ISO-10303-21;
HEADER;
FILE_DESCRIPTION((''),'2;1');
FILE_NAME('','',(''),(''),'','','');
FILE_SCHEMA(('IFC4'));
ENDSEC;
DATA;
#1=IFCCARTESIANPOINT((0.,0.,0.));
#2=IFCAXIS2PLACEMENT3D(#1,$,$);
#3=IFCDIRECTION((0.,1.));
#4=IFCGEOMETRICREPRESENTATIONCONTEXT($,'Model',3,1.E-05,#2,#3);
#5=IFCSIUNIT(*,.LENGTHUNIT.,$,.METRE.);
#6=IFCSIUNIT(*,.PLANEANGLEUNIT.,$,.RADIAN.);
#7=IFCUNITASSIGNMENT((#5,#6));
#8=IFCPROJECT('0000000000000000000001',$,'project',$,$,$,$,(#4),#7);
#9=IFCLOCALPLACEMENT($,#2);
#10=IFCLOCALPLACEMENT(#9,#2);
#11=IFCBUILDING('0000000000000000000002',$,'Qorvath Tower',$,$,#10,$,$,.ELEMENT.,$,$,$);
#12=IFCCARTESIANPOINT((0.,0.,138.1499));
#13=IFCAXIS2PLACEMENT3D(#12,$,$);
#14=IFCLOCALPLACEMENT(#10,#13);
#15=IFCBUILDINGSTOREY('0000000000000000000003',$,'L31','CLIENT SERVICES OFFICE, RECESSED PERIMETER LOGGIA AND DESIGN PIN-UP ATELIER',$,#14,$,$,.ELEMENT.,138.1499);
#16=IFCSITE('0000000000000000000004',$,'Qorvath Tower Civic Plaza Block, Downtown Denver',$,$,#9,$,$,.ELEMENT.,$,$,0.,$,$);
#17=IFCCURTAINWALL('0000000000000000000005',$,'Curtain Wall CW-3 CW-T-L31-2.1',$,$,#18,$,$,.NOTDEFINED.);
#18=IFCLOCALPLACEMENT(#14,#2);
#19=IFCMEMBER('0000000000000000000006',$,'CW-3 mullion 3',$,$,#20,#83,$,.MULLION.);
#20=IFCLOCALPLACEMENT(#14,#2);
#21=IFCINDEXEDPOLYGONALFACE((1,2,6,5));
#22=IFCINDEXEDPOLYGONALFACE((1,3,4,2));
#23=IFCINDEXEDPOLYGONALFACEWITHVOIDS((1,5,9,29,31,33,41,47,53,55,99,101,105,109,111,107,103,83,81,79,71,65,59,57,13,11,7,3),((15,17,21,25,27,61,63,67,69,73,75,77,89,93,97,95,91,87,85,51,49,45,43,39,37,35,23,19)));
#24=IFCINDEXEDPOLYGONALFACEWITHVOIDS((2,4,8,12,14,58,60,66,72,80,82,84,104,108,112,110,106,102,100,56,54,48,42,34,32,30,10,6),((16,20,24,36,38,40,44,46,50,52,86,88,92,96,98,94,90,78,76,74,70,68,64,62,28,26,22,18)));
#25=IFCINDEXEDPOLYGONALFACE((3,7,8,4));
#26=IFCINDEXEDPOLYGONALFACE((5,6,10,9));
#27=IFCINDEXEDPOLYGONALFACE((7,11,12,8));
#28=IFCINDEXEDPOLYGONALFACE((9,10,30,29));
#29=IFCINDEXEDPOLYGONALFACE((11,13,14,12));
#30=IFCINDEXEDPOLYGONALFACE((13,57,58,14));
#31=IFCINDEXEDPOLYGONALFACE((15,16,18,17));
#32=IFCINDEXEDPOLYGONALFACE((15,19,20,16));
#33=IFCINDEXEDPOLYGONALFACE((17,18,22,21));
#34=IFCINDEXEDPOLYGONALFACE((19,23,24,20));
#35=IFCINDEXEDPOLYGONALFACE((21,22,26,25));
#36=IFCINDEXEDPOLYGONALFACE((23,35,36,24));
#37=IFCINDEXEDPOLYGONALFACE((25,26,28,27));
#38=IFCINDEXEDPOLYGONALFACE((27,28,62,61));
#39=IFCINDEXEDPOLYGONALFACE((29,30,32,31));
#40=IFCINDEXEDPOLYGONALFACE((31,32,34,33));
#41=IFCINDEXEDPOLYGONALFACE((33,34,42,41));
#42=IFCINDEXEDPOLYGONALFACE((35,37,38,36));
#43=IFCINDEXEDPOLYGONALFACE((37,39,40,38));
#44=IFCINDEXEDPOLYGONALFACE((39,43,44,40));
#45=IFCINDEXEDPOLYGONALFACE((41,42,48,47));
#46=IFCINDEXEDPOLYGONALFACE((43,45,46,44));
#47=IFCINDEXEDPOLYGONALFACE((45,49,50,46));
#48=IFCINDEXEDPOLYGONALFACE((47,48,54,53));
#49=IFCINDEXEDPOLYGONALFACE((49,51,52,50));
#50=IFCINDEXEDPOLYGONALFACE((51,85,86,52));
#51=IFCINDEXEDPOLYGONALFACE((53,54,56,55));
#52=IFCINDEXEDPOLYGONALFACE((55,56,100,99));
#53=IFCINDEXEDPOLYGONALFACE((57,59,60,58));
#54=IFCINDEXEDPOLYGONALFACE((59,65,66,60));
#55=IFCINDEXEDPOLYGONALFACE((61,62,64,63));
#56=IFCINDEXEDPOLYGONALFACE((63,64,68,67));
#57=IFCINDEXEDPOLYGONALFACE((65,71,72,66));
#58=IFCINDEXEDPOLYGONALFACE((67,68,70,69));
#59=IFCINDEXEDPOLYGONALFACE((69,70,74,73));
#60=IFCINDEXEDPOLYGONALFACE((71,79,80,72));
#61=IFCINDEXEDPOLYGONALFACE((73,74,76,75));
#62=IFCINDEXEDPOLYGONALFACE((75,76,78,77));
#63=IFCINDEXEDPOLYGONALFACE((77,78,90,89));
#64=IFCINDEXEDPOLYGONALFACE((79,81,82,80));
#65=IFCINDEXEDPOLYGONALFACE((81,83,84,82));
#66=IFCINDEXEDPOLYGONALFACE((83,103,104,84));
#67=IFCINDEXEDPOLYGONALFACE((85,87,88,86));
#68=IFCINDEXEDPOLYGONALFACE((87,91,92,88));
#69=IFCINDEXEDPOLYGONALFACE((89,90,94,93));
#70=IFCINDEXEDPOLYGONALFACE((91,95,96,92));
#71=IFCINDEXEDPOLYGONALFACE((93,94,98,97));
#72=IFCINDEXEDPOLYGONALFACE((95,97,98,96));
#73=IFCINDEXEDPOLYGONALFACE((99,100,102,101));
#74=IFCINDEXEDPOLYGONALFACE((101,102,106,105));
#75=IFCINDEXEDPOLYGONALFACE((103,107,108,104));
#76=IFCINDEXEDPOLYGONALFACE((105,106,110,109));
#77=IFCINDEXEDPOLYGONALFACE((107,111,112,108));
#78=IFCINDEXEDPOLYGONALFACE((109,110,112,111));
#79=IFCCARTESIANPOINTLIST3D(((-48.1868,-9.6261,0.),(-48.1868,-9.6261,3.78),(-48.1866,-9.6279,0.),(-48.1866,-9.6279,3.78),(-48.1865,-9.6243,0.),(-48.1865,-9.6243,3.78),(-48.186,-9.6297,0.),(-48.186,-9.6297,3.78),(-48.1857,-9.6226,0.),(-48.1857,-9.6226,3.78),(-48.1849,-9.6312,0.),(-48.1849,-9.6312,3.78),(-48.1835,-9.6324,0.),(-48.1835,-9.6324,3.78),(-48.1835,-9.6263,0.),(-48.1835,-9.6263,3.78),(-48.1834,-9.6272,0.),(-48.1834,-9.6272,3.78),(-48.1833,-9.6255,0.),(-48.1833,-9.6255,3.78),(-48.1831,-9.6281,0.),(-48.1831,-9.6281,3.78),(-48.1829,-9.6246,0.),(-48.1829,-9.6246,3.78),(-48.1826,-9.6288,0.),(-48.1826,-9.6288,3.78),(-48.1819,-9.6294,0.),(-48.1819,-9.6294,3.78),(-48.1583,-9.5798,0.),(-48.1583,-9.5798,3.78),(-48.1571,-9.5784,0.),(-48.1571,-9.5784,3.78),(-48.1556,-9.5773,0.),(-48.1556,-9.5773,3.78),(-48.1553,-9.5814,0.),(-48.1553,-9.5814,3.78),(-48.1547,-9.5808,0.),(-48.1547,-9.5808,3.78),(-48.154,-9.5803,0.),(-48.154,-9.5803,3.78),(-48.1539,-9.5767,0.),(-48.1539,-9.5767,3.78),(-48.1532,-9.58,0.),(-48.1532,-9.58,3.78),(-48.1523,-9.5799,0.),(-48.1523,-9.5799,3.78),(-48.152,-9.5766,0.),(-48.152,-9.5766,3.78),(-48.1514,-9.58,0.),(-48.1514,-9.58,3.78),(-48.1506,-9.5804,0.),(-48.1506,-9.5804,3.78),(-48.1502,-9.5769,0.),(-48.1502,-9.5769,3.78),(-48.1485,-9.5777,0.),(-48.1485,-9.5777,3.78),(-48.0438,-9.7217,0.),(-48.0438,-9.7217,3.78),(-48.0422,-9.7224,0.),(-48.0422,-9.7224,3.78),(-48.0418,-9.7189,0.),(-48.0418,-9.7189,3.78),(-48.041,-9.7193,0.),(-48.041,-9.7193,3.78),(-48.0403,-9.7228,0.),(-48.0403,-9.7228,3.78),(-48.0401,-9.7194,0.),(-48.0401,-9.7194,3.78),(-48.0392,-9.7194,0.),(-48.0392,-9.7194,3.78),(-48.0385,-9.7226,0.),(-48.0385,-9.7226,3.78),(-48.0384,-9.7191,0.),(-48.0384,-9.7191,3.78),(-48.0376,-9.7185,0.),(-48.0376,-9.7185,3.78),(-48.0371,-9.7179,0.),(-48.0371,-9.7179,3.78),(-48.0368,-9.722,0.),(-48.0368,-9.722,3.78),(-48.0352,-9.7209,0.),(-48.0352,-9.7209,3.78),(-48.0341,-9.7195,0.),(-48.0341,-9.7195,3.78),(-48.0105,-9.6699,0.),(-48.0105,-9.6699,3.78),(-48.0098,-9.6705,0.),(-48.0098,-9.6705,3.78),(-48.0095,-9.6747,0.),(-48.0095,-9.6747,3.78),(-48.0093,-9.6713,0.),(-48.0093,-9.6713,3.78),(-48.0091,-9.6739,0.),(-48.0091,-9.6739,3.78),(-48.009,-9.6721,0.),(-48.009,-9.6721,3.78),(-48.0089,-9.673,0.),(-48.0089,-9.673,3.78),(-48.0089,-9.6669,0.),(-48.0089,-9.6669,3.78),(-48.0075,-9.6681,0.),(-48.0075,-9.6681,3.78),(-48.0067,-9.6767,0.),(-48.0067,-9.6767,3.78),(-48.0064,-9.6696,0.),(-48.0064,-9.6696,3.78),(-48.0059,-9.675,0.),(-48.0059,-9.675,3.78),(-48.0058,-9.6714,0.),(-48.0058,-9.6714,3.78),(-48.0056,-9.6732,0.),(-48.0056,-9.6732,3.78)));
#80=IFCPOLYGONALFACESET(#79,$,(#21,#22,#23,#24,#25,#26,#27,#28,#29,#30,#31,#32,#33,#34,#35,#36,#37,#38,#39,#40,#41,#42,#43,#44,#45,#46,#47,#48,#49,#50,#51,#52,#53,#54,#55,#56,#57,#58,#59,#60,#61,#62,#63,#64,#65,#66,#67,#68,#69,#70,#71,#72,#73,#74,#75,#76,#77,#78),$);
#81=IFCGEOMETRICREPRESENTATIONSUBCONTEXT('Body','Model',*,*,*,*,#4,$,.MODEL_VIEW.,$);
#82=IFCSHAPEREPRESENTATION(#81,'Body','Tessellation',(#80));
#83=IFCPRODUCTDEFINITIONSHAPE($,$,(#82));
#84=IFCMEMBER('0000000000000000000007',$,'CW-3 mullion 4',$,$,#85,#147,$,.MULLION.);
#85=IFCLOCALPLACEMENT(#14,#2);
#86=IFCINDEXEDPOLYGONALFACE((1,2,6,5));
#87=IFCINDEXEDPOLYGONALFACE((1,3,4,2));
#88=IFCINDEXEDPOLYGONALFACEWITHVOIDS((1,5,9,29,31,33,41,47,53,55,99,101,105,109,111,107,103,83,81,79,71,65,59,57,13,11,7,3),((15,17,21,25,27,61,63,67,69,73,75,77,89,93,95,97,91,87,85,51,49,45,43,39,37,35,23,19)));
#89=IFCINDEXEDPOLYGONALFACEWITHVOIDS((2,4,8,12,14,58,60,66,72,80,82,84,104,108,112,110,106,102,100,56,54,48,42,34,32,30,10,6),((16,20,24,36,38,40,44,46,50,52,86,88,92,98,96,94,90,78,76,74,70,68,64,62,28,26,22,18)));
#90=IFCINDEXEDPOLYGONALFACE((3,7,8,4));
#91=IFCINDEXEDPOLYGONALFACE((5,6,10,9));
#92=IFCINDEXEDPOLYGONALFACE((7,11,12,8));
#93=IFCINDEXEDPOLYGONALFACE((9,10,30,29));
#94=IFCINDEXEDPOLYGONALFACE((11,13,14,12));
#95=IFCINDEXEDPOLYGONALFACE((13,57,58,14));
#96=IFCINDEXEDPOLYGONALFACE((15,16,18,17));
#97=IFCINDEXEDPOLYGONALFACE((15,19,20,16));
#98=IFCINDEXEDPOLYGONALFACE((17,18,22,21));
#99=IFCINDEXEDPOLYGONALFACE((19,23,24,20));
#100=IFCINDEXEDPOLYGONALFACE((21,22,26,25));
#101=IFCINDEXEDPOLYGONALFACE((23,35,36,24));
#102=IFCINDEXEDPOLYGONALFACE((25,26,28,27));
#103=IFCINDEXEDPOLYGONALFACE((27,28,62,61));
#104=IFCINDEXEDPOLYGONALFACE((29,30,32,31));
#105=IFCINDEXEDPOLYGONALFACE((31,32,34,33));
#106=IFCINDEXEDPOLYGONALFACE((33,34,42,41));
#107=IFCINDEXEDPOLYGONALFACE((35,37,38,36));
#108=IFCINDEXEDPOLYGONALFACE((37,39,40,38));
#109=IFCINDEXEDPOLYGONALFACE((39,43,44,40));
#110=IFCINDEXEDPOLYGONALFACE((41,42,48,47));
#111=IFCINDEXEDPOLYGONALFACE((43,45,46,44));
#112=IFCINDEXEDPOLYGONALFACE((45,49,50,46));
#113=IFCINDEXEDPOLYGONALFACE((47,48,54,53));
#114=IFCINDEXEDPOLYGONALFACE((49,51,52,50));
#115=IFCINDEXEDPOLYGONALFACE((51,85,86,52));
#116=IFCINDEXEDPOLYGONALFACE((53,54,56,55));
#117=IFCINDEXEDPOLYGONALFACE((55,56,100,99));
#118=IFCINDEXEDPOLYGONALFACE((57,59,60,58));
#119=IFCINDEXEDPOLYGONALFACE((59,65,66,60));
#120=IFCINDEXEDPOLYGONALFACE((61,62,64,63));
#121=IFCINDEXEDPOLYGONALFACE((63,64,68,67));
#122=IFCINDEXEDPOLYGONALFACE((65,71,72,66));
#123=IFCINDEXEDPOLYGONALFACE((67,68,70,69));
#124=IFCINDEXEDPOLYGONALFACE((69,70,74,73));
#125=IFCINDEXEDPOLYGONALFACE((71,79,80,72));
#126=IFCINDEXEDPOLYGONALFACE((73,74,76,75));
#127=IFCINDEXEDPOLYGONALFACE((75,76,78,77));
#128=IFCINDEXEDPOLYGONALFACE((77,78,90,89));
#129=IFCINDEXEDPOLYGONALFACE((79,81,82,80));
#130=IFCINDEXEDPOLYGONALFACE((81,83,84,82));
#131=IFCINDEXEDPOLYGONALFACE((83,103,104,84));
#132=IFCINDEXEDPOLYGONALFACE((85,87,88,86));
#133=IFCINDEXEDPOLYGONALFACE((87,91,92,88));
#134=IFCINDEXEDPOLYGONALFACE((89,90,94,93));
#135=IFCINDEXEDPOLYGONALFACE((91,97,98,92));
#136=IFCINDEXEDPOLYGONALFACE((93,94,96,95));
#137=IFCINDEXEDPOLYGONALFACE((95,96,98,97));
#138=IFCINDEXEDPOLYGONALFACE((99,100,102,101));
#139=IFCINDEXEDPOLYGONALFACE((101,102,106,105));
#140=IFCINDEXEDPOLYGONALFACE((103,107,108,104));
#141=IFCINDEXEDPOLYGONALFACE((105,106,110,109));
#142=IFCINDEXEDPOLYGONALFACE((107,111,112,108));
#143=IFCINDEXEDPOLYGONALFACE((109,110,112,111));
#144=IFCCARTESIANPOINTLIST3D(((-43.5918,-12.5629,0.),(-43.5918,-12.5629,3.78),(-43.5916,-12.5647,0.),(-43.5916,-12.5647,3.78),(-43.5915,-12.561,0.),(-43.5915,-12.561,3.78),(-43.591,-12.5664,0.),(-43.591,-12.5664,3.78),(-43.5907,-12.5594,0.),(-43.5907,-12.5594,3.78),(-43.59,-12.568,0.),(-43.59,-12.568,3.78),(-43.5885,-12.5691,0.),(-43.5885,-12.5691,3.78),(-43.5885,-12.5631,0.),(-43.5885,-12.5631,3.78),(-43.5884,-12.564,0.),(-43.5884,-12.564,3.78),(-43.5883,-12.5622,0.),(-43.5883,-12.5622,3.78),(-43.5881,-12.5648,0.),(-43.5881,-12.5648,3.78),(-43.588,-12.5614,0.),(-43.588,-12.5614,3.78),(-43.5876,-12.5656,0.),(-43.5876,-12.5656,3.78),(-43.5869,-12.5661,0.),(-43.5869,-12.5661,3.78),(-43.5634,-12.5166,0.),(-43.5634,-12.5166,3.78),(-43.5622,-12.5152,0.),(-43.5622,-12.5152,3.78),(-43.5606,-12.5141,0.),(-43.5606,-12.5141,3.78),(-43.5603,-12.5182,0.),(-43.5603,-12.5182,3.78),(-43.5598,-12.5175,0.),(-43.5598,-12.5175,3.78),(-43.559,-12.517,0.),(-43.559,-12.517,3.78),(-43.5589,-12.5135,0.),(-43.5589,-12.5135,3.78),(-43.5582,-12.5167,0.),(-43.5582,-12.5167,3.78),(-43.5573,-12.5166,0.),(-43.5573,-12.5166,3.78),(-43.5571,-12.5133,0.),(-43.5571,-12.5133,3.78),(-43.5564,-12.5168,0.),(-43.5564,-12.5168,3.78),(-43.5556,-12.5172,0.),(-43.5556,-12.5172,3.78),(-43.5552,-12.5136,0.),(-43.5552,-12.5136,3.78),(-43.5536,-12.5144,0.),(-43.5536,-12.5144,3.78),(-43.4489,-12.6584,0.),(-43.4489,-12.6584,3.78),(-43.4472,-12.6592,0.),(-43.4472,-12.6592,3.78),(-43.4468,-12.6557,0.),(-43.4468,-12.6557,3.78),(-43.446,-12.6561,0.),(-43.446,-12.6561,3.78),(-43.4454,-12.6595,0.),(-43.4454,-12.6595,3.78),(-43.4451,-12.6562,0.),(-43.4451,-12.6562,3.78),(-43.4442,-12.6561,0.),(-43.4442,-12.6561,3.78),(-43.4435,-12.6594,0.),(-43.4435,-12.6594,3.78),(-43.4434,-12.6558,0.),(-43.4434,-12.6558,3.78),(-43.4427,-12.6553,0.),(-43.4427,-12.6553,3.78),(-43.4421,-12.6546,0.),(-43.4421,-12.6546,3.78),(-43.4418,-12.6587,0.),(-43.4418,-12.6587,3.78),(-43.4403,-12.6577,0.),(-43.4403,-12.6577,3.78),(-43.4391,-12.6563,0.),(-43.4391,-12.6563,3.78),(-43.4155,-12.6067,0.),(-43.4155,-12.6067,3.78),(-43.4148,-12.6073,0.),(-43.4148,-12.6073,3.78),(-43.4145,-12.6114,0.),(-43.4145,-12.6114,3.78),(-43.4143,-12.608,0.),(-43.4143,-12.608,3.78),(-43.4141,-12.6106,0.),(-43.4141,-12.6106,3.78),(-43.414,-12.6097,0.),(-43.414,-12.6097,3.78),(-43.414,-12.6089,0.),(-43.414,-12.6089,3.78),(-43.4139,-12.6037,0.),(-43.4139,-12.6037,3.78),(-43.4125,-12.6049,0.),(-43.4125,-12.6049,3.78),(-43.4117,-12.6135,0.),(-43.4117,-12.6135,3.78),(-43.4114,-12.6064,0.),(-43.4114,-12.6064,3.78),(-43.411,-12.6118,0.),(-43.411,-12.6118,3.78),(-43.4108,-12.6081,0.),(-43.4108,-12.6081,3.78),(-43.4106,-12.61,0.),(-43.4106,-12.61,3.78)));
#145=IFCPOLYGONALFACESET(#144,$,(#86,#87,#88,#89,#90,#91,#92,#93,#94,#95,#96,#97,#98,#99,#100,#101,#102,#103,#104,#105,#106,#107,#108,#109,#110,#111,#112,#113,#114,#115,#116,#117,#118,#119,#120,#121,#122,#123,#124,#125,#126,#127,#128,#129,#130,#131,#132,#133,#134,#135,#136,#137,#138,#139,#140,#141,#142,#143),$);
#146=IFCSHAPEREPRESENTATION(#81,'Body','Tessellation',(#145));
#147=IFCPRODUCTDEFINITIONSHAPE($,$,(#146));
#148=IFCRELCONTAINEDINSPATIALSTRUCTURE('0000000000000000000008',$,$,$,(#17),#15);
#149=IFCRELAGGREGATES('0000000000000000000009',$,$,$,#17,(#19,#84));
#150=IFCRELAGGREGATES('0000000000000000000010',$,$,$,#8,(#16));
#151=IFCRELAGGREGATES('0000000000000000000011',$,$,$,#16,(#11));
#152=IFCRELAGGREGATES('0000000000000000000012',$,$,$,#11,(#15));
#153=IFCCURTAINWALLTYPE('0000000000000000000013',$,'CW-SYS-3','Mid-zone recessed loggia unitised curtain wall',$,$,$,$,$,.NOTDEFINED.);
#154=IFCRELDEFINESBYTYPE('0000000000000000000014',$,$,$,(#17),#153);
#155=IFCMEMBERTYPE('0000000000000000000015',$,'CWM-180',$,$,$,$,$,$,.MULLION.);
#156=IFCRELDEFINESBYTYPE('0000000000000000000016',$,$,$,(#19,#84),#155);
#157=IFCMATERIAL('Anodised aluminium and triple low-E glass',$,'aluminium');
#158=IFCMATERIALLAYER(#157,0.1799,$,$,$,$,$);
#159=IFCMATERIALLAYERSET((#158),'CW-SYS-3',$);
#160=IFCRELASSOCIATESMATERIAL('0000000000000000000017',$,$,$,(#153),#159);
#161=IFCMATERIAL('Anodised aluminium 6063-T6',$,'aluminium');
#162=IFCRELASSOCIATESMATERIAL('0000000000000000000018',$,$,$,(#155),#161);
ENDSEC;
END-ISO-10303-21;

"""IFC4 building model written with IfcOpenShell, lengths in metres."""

from ifc_helpers import new_model, si_unit, direction, frame, origin, origin_2d, place, context, subcontext, project, spatial, hollow_rectangle, extrude, material, layer, layer_set, material_profile, profile_set, type_object, element, aggregate, save


model = new_model("IFC4")

# Units and contexts
model_context = context("Model", 3, precision=1e-05, world=origin(), true_north=direction((0.0, 1.0)))
body_context = subcontext(model_context, "Body", "Model", "MODEL_VIEW")
ifc_project = project(units=[si_unit("LENGTHUNIT", "METRE"), si_unit("PLANEANGLEUNIT", "RADIAN")], contexts=[model_context])

# Site, building, storey
site_placement = place(None, origin())
site = spatial("IfcSite", under=ifc_project, at=site_placement, Name="Qorvath Tower Civic Plaza Block, Downtown Denver", CompositionType="ELEMENT", RefElevation=0.0)
building_placement = place(site_placement, origin())
building = spatial("IfcBuilding", under=site, at=building_placement, Name="Qorvath Tower", CompositionType="ELEMENT")
storey_placement = place(building_placement, frame((0.0, 0.0, 138.1499)))
storey = spatial("IfcBuildingStorey", under=building, at=storey_placement, Name="L31", Description="CLIENT SERVICES OFFICE, RECESSED PERIMETER LOGGIA AND DESIGN PIN-UP ATELIER", CompositionType="ELEMENT", Elevation=138.1499)

# Curtain wall, members
ifc_material_1 = material(Name="Anodised aluminium and triple low-E glass", Category="aluminium")
ifc_layer_1 = layer(ifc_material_1, 0.1799)
ifc_layer_set_1 = layer_set([ifc_layer_1], Name="CW-SYS-3")
curtain_wall_type = type_object("IfcCurtainWallType", Name="CW-SYS-3", Description="Mid-zone recessed loggia unitised curtain wall", PredefinedType="NOTDEFINED", material=ifc_layer_set_1)
curtain_wall_placement = place(storey_placement, origin())
curtain_wall = element("IfcCurtainWall", 1, at=curtain_wall_placement, inside=storey, type_object=curtain_wall_type, Name="Curtain Wall CW-3 CW-T-L31-2.1", PredefinedType="NOTDEFINED")
ifc_material_2 = material(Name="Anodised aluminium 6063-T6", Category="aluminium")
ifc_material_profile_1 = material_profile(ifc_material_2, hollow_rectangle(XDim=0.0649, YDim=0.1799, WallThickness=0.0034, InnerFilletRadius=0.0034, OuterFilletRadius=0.0071, at=origin_2d()), Name="CWM 180x65")
ifc_profile_set_1 = profile_set([ifc_material_profile_1], Name="Anodised aluminium 6063-T6")
member_type_1 = type_object("IfcMemberType", Name="CWM-180", PredefinedType="MULLION", material=ifc_profile_set_1)
member_1_placement = place(storey_placement, frame((-48.0962, -9.6497, 0.0), z_axis=(0.0, 0.0, 1.0), x_axis=(0.538534, 0.842604, 0.0)))
member_1 = element("IfcMember", 2, at=member_1_placement, type_object=member_type_1, Name="CW-3 mullion 3", PredefinedType="MULLION", context=body_context, shape_type="SweptSolid", body=[
    extrude(hollow_rectangle(XDim=0.0649, YDim=0.1799, WallThickness=0.0034, InnerFilletRadius=0.0034, OuterFilletRadius=0.0071, at=origin_2d()), origin(), (0.0, 0.0, 1.0), 3.78),
])
member_2_placement = place(storey_placement, frame((-43.5012, -12.5864, 0.0), z_axis=(0.0, 0.0, 1.0), x_axis=(0.538534, 0.842604, 0.0)))
member_2 = element("IfcMember", 3, at=member_2_placement, type_object=member_type_1, Name="CW-3 mullion 4", PredefinedType="MULLION", context=body_context, shape_type="SweptSolid", body=[
    extrude(hollow_rectangle(XDim=0.0649, YDim=0.1799, WallThickness=0.0034, InnerFilletRadius=0.0034, OuterFilletRadius=0.0071, at=origin_2d()), origin(), (0.0, 0.0, 1.0), 3.78),
])

aggregate(curtain_wall, [member_1, member_2])

save(model, "model.ifc")
